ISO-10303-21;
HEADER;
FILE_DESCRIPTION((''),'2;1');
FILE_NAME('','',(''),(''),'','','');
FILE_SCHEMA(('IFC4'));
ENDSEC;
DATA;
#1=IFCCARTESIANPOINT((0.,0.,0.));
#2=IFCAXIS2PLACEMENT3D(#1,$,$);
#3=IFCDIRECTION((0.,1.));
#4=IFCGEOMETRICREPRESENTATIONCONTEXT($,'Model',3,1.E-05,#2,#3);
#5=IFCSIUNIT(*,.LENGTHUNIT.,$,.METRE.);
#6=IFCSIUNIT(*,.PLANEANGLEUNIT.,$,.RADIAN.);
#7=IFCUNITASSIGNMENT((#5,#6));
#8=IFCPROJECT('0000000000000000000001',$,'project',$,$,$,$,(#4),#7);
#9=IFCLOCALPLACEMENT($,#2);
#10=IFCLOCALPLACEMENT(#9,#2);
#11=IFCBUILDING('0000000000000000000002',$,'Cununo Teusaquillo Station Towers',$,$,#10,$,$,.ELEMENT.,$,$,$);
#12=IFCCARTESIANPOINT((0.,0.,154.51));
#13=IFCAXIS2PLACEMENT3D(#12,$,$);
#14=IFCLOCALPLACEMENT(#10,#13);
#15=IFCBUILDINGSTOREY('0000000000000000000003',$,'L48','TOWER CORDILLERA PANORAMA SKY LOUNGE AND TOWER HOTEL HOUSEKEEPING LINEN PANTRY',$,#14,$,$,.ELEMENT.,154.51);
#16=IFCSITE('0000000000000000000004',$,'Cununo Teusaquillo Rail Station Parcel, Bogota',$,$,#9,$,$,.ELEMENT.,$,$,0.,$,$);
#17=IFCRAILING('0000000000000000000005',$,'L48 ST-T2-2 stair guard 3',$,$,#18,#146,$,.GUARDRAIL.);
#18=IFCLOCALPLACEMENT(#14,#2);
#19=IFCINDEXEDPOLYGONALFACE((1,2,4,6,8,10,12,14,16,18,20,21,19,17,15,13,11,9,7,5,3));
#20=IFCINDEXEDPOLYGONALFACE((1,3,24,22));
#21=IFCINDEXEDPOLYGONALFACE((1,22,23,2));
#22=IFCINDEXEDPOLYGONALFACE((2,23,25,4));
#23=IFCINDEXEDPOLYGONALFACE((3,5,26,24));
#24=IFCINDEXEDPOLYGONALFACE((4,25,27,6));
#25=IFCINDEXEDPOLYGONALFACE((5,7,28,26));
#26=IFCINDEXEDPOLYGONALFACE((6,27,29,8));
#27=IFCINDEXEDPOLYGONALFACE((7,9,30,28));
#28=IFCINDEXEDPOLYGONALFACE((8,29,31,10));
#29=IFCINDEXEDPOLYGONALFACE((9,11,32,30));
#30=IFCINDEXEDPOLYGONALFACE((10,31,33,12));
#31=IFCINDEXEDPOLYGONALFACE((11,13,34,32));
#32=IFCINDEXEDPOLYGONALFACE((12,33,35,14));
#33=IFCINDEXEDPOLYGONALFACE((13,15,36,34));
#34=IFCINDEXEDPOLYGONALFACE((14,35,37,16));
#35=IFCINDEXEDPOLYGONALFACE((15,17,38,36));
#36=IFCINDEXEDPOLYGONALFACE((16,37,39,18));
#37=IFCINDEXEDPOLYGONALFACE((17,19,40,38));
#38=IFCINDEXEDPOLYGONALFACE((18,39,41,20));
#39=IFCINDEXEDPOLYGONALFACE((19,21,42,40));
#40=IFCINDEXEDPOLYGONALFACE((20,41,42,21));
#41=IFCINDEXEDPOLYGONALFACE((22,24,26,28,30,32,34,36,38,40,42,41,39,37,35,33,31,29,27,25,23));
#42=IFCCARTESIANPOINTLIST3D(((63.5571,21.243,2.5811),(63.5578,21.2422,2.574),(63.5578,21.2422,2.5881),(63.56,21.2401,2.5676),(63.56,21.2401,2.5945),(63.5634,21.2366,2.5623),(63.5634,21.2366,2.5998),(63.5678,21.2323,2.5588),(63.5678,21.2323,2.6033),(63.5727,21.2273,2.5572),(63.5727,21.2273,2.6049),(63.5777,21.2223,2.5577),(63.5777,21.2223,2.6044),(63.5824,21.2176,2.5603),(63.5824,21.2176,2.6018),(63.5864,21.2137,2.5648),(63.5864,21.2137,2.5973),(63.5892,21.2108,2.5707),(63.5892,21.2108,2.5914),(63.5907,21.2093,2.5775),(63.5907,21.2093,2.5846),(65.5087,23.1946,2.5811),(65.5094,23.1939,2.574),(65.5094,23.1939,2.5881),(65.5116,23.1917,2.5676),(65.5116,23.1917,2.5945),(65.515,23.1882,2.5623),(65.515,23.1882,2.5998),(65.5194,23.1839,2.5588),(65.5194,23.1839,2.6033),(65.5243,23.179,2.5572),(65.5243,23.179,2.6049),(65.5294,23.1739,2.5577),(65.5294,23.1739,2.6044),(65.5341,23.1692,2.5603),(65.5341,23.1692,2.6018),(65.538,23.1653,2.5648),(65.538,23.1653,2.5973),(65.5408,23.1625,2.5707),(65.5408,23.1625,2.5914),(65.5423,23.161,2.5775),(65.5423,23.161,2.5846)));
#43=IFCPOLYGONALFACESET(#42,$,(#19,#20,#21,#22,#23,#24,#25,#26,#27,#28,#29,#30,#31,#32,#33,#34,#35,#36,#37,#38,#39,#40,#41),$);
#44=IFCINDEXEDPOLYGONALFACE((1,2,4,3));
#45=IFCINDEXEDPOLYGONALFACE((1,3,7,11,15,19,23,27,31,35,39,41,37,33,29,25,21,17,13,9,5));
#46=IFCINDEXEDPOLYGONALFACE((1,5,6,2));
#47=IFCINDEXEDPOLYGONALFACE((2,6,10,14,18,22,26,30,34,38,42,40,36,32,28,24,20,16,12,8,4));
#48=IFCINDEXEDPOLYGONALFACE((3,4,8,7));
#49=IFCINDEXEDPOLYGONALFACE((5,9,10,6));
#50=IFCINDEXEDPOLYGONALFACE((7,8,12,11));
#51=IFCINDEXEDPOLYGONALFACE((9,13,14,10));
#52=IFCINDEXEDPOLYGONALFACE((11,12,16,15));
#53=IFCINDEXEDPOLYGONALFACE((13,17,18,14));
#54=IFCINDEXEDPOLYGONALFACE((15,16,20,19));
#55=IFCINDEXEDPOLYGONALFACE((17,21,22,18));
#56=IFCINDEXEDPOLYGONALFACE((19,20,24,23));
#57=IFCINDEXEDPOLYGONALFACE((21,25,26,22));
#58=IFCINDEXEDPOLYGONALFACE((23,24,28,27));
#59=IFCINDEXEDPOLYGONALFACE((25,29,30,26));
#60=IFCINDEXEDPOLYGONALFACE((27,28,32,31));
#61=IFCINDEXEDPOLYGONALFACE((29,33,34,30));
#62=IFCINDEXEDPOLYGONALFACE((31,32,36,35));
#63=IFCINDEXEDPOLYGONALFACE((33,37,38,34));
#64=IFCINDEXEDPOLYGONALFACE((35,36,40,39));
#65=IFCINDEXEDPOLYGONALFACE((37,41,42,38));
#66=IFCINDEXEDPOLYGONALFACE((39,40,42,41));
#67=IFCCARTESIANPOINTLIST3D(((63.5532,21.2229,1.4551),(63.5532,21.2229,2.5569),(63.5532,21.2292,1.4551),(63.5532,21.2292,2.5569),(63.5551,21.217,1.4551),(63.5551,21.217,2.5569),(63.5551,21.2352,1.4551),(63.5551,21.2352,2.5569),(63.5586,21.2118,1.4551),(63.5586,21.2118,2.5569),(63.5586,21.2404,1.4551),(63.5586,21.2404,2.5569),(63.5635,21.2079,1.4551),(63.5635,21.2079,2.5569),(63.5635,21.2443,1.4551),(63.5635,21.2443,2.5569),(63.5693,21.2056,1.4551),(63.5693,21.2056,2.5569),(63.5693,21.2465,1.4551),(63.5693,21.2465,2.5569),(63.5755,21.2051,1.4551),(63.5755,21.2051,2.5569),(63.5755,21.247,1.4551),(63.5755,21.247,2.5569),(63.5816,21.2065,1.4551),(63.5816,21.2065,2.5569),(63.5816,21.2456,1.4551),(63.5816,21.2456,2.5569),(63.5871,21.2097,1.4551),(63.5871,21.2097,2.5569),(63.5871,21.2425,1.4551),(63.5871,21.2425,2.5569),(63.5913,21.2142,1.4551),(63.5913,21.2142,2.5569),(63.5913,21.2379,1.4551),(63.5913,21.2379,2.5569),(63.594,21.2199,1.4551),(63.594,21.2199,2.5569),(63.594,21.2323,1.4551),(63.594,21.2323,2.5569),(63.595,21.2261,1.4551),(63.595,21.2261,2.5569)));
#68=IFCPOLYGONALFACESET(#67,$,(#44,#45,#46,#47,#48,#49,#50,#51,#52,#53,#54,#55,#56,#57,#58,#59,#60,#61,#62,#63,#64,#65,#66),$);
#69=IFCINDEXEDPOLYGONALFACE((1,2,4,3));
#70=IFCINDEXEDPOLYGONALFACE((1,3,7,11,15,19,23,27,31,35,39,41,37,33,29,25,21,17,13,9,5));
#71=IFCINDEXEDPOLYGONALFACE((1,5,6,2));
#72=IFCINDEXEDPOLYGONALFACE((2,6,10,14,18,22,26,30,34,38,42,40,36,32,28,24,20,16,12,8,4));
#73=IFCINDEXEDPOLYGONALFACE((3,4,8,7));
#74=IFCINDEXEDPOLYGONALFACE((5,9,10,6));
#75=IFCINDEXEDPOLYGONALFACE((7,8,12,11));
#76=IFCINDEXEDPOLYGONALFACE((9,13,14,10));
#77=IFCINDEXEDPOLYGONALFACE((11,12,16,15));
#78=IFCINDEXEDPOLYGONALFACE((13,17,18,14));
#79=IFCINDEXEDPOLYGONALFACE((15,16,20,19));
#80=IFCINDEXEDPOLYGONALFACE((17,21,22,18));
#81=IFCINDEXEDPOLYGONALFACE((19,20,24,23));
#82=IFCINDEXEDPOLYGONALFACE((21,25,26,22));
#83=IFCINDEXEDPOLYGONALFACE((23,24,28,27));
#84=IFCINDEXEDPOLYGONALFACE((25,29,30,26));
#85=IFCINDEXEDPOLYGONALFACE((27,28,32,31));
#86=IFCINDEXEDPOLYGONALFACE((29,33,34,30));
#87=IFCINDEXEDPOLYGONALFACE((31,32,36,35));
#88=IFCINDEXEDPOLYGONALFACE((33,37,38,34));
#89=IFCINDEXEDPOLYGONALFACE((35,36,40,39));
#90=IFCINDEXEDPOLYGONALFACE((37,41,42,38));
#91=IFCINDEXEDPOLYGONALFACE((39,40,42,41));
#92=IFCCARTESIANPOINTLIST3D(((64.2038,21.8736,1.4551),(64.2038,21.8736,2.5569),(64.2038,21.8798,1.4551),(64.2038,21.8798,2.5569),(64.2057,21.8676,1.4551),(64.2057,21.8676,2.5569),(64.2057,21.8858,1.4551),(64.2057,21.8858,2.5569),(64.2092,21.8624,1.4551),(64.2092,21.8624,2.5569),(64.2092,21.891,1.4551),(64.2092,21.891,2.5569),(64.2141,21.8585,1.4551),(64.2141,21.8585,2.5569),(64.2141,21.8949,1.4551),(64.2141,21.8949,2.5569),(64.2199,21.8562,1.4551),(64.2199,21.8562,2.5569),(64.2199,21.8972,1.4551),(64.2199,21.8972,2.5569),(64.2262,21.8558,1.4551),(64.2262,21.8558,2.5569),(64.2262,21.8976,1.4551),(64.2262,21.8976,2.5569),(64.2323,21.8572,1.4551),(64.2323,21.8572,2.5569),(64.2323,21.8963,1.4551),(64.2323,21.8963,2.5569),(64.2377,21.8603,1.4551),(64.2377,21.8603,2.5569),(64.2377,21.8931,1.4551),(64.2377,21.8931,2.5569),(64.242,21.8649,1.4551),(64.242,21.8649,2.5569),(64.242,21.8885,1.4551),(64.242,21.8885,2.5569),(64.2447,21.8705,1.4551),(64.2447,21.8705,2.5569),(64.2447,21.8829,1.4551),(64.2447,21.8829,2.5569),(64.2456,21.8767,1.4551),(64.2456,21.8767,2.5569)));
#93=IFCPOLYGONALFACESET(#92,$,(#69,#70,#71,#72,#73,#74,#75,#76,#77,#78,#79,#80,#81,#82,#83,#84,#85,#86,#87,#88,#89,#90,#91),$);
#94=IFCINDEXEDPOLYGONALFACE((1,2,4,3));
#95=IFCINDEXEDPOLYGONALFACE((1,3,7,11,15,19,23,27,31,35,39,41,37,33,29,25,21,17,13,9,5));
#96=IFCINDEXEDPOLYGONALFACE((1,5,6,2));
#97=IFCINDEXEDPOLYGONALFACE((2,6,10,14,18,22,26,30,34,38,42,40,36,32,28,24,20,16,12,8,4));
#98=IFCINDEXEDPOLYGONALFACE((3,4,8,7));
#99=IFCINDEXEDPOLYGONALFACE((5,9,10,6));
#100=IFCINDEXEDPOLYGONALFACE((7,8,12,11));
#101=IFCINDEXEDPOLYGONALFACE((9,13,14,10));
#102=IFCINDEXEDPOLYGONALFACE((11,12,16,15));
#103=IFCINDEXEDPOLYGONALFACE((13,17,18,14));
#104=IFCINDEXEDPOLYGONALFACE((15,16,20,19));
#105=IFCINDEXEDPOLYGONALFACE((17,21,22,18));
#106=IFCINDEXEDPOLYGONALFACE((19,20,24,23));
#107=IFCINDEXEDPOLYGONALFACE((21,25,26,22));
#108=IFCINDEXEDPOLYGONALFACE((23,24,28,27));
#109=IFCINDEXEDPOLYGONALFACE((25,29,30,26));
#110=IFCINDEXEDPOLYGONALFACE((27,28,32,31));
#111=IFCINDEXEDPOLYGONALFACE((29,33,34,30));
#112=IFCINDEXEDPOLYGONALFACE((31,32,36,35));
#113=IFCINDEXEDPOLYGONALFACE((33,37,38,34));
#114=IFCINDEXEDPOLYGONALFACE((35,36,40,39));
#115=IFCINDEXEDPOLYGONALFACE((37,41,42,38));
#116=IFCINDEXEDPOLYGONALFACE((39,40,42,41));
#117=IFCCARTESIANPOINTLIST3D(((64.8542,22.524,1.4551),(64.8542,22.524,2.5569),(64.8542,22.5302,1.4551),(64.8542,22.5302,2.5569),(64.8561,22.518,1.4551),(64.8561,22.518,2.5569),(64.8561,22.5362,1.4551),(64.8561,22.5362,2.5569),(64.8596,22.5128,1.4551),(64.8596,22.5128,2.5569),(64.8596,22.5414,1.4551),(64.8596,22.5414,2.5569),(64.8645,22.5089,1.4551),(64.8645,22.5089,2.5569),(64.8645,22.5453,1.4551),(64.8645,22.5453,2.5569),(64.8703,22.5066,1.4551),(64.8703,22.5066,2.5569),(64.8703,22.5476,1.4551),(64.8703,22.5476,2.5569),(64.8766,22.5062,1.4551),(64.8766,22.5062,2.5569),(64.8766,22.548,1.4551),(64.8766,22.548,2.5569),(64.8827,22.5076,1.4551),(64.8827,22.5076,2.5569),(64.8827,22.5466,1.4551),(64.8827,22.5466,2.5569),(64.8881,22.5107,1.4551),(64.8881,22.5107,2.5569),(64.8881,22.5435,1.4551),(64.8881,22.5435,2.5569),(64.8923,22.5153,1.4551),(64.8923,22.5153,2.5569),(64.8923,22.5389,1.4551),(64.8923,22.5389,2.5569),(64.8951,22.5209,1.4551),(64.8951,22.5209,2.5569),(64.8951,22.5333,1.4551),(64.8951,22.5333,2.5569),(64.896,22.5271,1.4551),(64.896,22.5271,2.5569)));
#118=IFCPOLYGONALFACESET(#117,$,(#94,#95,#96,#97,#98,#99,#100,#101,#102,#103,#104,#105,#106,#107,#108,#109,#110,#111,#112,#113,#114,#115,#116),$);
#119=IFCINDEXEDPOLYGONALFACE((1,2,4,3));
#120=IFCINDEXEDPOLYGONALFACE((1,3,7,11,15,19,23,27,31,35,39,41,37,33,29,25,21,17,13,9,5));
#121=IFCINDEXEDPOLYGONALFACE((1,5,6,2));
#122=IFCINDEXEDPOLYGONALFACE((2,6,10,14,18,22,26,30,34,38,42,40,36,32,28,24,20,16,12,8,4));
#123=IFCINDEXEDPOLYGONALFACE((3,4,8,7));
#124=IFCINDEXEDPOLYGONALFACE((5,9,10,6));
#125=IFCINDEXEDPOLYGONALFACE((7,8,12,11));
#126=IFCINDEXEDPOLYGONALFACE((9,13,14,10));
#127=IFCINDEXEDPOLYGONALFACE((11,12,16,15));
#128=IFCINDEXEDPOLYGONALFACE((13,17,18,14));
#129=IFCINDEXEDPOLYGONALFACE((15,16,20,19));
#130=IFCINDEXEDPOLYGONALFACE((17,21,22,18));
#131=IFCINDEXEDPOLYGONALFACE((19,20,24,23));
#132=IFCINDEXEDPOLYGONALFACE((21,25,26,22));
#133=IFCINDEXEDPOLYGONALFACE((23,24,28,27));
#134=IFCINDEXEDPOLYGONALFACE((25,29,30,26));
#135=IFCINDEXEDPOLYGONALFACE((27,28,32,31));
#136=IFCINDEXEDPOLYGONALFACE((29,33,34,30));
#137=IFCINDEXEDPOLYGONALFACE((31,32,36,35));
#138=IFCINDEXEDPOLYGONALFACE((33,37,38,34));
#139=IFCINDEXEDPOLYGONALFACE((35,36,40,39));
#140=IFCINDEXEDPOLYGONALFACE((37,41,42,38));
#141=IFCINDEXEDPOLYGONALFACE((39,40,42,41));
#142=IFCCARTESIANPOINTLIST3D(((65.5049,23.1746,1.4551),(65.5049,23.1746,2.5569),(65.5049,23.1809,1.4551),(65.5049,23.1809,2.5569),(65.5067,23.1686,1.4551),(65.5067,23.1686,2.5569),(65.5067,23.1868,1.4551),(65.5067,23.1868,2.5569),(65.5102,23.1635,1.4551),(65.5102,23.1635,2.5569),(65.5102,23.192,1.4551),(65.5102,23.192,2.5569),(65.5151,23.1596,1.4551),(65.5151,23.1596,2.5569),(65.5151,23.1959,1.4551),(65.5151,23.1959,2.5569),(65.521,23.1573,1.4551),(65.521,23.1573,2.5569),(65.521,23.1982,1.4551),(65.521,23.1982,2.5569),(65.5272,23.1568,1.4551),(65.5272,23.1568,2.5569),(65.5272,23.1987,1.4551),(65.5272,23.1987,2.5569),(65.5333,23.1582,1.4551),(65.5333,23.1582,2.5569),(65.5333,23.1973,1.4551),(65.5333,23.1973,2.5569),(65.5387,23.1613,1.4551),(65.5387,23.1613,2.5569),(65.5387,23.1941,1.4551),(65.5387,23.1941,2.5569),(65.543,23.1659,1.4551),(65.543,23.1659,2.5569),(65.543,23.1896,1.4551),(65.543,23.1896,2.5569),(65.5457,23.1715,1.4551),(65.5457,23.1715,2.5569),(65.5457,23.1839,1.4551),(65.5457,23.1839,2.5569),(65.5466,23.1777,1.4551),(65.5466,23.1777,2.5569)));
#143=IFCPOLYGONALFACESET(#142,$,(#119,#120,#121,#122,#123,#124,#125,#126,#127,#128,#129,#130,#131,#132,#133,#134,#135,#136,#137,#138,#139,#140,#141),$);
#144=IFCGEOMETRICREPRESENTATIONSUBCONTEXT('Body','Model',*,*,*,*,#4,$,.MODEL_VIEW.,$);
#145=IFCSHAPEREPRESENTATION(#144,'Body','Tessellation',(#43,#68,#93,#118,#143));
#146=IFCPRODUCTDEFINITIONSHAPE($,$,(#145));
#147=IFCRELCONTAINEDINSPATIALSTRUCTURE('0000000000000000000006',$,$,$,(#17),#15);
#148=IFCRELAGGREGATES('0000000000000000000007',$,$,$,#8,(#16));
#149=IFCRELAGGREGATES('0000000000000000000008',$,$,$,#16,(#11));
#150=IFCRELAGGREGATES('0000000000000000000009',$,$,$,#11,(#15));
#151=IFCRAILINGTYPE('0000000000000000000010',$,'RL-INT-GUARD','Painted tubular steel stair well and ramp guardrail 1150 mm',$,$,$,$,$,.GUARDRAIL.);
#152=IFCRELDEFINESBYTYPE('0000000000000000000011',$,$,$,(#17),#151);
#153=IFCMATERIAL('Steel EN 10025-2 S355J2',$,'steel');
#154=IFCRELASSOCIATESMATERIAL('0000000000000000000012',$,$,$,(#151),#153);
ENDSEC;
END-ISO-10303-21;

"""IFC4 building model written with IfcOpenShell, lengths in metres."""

from ifc_helpers import new_model, si_unit, direction, frame, origin, origin_2d, place, context, subcontext, project, spatial, circle, extrude, material, type_object, element, save


model = new_model("IFC4")

# Units and contexts
model_context = context("Model", 3, precision=1e-05, world=origin(), true_north=direction((0.0, 1.0)))
body_context = subcontext(model_context, "Body", "Model", "MODEL_VIEW")
ifc_project = project(units=[si_unit("LENGTHUNIT", "METRE"), si_unit("PLANEANGLEUNIT", "RADIAN")], contexts=[model_context])

# Site, building, storey
site_placement = place(None, origin())
site = spatial("IfcSite", under=ifc_project, at=site_placement, Name="Cununo Teusaquillo Rail Station Parcel, Bogota", CompositionType="ELEMENT", RefElevation=0.0)
building_placement = place(site_placement, origin())
building = spatial("IfcBuilding", under=site, at=building_placement, Name="Cununo Teusaquillo Station Towers", CompositionType="ELEMENT")
storey_placement = place(building_placement, frame((0.0, 0.0, 154.51)))
storey = spatial("IfcBuildingStorey", under=building, at=storey_placement, Name="L48", Description="TOWER CORDILLERA PANORAMA SKY LOUNGE AND TOWER HOTEL HOUSEKEEPING LINEN PANTRY", CompositionType="ELEMENT", Elevation=154.51)

# Railing
ifc_material_1 = material(Name="Steel EN 10025-2 S355J2", Category="steel")
railing_type = type_object("IfcRailingType", Name="RL-INT-GUARD", Description="Painted tubular steel stair well and ramp guardrail 1150 mm", PredefinedType="GUARDRAIL", material=ifc_material_1)
railing_1_placement = place(storey_placement, frame((63.574, 21.2261, 1.4551)))
element("IfcRailing", 1, at=railing_1_placement, inside=storey, type_object=railing_type, Name="L48 ST-T2-2 stair guard 3", PredefinedType="GUARDRAIL", context=body_context, shape_type="SweptSolid", body=[
    extrude(circle(Radius=0.0239, at=origin_2d()), frame((0.0, 0.0, 1.126), z_axis=(0.707107, 0.707107, 0.0), x_axis=(-0.707107, 0.707107, 0.0)), (0.0, 0.0, 1.0), 2.76),
    extrude(circle(Radius=0.021, at=origin_2d()), origin(), (0.0, 0.0, 1.0), 1.1018),
    extrude(circle(Radius=0.021, at=origin_2d()), frame((0.6506, 0.6506, 0.0)), (0.0, 0.0, 1.0), 1.1018),
    extrude(circle(Radius=0.021, at=origin_2d()), frame((1.301, 1.301, 0.0)), (0.0, 0.0, 1.0), 1.1018),
    extrude(circle(Radius=0.021, at=origin_2d()), frame((1.9517, 1.9517, 0.0)), (0.0, 0.0, 1.0), 1.1018),
])

save(model, "model.ifc")
